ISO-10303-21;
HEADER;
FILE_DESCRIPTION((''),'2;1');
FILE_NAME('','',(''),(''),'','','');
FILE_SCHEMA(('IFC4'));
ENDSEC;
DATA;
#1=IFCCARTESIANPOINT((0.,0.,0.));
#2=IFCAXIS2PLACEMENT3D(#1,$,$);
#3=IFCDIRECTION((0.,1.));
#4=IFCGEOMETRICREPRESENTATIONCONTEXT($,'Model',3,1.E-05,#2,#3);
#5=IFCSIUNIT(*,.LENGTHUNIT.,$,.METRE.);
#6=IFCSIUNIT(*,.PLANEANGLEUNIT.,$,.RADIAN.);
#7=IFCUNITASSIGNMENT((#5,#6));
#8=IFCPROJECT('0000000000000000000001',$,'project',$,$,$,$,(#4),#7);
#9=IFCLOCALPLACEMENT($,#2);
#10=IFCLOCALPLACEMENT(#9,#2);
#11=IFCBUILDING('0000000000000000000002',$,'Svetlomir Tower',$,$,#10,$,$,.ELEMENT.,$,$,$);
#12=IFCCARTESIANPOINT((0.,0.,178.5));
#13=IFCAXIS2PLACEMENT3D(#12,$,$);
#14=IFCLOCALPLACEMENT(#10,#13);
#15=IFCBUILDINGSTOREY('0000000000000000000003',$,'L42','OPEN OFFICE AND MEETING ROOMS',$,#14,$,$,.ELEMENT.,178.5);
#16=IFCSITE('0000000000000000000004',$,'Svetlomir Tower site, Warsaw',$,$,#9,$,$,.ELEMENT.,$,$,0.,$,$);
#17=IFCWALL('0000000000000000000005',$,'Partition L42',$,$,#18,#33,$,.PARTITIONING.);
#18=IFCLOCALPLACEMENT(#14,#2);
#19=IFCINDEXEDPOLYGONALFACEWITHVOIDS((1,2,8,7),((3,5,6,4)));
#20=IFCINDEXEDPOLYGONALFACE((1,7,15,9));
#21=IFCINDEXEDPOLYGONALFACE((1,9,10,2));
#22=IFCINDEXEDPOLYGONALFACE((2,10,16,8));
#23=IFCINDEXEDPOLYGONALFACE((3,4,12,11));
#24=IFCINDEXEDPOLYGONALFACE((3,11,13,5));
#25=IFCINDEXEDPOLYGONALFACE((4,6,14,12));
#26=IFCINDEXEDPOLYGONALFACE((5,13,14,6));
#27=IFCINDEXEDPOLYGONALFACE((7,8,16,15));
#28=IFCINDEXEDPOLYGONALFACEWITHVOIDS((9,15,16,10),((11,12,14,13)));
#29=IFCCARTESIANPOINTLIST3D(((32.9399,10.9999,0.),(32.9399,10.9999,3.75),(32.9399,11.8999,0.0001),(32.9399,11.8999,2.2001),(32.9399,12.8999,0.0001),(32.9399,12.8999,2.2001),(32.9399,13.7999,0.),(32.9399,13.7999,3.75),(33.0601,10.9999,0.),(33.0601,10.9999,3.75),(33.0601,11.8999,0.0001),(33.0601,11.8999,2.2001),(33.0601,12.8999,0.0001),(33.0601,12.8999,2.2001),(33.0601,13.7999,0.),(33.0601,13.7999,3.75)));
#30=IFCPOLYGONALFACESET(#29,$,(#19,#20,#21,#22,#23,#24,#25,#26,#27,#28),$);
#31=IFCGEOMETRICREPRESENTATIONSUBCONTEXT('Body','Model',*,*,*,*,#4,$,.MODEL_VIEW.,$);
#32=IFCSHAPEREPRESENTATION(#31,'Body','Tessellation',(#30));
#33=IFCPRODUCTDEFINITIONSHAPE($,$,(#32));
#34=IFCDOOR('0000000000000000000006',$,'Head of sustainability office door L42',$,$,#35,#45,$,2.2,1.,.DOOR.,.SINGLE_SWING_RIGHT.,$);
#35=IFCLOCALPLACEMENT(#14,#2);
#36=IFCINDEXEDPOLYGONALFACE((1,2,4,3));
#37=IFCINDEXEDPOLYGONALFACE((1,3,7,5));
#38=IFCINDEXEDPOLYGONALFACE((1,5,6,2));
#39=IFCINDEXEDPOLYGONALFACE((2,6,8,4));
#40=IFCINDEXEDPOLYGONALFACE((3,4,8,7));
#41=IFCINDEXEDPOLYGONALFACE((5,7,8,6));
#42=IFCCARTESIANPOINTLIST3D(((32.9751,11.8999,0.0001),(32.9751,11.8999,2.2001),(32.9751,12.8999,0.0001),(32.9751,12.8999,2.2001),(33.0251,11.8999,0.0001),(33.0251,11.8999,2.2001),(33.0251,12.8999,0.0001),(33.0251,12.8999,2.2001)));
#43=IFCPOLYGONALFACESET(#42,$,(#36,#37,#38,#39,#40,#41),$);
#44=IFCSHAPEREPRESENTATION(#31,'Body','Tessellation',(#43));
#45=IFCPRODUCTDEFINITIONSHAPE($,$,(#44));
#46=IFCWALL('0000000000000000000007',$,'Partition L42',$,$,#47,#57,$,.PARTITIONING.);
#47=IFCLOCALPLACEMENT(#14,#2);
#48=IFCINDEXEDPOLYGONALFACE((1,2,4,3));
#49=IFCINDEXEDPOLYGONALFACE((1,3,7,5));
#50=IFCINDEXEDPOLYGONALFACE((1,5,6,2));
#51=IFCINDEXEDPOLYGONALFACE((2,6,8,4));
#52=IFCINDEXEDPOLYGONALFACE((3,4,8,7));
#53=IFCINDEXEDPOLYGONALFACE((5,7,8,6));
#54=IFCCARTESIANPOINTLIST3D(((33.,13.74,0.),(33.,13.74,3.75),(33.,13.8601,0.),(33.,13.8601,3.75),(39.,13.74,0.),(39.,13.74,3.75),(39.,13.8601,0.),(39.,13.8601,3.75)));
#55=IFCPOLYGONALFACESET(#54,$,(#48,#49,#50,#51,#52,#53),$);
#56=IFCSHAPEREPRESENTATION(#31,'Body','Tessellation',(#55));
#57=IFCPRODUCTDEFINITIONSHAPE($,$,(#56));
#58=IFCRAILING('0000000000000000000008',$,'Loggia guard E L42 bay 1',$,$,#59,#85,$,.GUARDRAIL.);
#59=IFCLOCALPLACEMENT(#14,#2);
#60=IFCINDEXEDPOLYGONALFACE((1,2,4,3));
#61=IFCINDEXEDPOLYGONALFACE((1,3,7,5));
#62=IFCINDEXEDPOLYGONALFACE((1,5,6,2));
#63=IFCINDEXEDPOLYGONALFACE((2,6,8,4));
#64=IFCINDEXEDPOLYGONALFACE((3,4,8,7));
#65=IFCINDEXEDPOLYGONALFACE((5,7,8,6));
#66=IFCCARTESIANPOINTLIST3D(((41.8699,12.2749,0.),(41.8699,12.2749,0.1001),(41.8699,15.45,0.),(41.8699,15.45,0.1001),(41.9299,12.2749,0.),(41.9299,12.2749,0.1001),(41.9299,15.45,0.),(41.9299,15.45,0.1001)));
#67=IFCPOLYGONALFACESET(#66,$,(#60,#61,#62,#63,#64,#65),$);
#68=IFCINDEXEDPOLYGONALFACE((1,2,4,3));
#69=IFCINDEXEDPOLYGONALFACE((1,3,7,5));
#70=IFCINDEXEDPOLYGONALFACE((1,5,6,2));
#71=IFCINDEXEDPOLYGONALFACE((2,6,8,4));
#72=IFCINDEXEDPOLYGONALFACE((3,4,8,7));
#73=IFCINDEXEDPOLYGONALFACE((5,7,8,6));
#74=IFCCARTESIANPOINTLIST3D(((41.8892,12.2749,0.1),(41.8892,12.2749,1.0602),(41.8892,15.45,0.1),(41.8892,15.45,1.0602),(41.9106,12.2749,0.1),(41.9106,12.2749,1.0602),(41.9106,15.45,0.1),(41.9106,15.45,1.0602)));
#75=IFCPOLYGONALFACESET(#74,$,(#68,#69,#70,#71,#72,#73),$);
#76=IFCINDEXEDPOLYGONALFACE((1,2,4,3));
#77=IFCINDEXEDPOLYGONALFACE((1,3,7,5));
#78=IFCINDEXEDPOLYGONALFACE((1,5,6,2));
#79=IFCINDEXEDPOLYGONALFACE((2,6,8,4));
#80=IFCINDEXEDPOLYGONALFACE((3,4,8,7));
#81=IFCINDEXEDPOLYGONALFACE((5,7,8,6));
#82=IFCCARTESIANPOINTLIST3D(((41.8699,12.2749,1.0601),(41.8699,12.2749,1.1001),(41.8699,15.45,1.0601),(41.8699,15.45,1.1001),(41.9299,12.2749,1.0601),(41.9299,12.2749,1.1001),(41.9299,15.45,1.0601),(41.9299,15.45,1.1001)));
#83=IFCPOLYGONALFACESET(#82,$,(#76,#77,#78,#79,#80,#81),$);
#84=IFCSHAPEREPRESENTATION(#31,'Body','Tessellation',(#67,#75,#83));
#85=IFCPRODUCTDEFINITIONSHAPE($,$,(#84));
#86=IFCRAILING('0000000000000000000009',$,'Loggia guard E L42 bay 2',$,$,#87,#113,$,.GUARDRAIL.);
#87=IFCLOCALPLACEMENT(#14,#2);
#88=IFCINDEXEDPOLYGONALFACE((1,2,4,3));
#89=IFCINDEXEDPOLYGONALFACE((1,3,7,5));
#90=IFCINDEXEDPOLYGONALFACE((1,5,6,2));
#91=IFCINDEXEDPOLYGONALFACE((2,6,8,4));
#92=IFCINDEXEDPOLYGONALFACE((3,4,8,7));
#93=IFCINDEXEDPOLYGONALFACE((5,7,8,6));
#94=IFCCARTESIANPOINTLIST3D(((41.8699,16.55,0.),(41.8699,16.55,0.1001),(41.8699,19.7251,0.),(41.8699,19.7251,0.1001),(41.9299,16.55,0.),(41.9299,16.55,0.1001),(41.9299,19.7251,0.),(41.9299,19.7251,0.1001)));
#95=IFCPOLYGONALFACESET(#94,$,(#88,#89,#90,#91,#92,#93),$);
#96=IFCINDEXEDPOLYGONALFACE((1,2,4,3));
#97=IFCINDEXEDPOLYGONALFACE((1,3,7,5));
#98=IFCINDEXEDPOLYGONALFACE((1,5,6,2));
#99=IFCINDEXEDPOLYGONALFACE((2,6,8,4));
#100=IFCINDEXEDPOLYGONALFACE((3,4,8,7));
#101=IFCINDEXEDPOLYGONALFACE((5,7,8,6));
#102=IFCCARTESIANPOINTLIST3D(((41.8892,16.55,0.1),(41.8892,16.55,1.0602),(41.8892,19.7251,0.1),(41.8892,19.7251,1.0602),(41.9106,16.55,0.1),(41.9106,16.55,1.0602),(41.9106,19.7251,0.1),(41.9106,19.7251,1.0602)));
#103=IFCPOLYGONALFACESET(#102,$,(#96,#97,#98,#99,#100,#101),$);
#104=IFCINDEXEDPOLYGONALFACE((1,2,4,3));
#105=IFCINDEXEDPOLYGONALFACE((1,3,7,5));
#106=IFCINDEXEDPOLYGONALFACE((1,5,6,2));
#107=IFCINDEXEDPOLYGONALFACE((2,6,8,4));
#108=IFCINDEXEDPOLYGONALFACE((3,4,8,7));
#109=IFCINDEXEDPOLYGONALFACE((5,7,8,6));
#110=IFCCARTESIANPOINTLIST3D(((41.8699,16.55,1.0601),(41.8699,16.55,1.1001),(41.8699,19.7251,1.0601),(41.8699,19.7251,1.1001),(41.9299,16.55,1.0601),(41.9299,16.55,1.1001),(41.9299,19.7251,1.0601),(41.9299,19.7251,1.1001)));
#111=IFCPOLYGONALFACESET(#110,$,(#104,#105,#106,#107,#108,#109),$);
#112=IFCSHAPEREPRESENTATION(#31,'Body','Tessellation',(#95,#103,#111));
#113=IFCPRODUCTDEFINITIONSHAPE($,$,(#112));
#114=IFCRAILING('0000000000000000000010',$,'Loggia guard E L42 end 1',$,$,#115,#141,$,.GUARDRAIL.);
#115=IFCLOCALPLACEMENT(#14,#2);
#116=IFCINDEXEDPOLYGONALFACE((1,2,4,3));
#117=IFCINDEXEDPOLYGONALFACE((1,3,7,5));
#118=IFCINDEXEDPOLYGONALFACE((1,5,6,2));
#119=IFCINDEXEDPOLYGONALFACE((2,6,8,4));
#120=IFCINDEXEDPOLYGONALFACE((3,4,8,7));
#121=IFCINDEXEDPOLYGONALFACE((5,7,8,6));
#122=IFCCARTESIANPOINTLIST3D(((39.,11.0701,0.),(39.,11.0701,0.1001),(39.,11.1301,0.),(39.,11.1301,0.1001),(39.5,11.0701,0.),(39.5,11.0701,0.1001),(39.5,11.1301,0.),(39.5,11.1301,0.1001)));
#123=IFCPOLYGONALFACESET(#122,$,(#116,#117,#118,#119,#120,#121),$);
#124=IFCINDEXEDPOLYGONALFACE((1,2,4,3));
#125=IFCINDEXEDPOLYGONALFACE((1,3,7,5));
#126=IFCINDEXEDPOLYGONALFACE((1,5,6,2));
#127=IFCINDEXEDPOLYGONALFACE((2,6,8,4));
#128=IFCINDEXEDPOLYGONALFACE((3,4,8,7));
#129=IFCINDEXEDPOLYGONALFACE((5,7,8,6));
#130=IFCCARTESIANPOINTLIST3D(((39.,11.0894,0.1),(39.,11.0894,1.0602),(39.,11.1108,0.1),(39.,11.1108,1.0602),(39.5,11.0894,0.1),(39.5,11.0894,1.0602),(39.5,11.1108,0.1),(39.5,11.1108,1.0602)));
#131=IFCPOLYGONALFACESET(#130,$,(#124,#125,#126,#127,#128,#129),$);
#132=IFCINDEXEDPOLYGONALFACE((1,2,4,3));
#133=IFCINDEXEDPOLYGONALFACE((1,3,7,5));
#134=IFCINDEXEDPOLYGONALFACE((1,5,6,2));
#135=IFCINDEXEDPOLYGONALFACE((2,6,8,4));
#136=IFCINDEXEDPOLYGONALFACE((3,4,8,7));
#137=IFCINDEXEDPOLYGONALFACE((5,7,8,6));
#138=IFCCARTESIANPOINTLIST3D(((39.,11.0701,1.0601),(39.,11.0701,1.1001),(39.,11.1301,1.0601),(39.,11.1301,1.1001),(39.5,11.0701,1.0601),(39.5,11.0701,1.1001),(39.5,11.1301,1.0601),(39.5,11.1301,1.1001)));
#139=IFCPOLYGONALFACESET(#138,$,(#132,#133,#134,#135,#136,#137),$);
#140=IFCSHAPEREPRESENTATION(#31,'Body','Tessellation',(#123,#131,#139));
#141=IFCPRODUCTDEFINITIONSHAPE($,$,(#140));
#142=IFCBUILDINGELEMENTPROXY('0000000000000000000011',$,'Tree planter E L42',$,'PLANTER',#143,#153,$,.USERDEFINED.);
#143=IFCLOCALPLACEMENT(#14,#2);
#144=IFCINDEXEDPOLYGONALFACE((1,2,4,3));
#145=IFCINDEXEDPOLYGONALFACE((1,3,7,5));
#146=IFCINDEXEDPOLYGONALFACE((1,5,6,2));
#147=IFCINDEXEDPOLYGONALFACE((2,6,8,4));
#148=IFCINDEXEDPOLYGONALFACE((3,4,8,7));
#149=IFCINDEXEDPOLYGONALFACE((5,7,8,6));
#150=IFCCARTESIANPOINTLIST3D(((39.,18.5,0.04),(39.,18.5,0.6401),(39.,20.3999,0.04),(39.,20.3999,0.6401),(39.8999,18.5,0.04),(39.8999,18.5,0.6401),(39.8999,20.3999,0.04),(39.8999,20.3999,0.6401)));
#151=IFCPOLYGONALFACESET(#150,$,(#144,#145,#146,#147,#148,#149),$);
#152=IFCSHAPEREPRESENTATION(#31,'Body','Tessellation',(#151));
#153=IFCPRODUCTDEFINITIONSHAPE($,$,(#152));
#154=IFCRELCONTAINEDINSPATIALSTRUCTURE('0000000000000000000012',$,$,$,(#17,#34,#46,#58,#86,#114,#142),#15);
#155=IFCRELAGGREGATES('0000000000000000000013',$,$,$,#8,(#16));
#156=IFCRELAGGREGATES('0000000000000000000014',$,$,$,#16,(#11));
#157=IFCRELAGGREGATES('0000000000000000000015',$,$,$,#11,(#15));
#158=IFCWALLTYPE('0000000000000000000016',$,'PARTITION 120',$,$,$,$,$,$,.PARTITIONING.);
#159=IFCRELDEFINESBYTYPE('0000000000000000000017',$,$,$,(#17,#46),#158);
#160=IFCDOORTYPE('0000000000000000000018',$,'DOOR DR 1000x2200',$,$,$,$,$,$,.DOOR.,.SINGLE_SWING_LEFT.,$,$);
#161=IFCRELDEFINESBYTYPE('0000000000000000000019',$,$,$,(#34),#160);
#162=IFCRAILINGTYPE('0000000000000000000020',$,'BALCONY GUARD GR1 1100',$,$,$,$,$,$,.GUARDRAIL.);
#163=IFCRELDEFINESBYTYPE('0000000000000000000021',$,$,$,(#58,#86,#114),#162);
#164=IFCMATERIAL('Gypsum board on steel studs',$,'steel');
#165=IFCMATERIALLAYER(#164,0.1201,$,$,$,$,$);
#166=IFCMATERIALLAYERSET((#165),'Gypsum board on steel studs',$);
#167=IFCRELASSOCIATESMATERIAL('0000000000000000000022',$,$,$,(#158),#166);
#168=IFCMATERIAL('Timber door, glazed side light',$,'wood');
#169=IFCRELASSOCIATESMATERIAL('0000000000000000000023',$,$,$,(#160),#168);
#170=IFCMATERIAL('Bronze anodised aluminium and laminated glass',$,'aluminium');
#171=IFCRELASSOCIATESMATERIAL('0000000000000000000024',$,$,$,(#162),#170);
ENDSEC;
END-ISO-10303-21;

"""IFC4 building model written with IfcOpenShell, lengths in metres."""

from ifc_helpers import new_model, si_unit, direction, frame, frame_2d, origin, origin_2d, place, context, subcontext, project, spatial, rectangle, extrude, material, layer, layer_set, type_object, element, fill, save


model = new_model("IFC4")

# Units and contexts
model_context = context("Model", 3, precision=1e-05, world=origin(), true_north=direction((0.0, 1.0)))
body_context = subcontext(model_context, "Body", "Model", "MODEL_VIEW")
ifc_project = project(units=[si_unit("LENGTHUNIT", "METRE"), si_unit("PLANEANGLEUNIT", "RADIAN")], contexts=[model_context])

# Site, building, storey
site_placement = place(None, origin())
site = spatial("IfcSite", under=ifc_project, at=site_placement, Name="Svetlomir Tower site, Warsaw", CompositionType="ELEMENT", RefElevation=0.0)
building_placement = place(site_placement, origin())
building = spatial("IfcBuilding", under=site, at=building_placement, Name="Svetlomir Tower", CompositionType="ELEMENT")
storey_placement = place(building_placement, frame((0.0, 0.0, 178.5)))
storey = spatial("IfcBuildingStorey", under=building, at=storey_placement, Name="L42", Description="OPEN OFFICE AND MEETING ROOMS", CompositionType="ELEMENT", Elevation=178.5)

# Wall, opening, door
ifc_material_1 = material(Name="Gypsum board on steel studs", Category="steel")
ifc_layer_1 = layer(ifc_material_1, 0.1201)
ifc_layer_set_1 = layer_set([ifc_layer_1], Name="Gypsum board on steel studs")
wall_type_1 = type_object("IfcWallType", Name="PARTITION 120", PredefinedType="PARTITIONING", material=ifc_layer_set_1)
wall_1_placement = place(storey_placement, frame((33.0, 11.0, 0.0), z_axis=(0.0, 0.0, 1.0), x_axis=(0.0, 1.0, 0.0)))
wall_1 = element("IfcWall", 1, at=wall_1_placement, inside=storey, type_object=wall_type_1, Name="Partition L42", PredefinedType="PARTITIONING", context=body_context, shape_type="SweptSolid", body=[
    extrude(rectangle(XDim=2.8, YDim=0.1201, at=frame_2d((1.3999, 0.0))), origin(), (0.0, 0.0, 1.0), 3.75),
])
opening_1_placement = place(wall_1_placement, frame((0.8999, 0.0, 0.0)))
opening_1 = element("IfcOpeningElement", 2, at=opening_1_placement, cuts=wall_1, PredefinedType="OPENING", context=body_context, shape_type="SweptSolid", body=[
    extrude(rectangle(XDim=1.0, YDim=2.2, at=frame_2d((0.5, 1.1001))), frame((0.0, 0.0701, 0.0), z_axis=(0.0, -1.0, 0.0), x_axis=(1.0, 0.0, 0.0)), (0.0, 0.0, 1.0), 0.1401),
])
ifc_material_2 = material(Name="Timber door, glazed side light", Category="wood")
door_type_1 = type_object("IfcDoorType", Name="DOOR DR 1000x2200", OperationType="SINGLE_SWING_LEFT", PredefinedType="DOOR", material=ifc_material_2)
door_1_placement = place(opening_1_placement, origin())
door_1 = element("IfcDoor", 3, at=door_1_placement, inside=storey, type_object=door_type_1, Name="Head of sustainability office door L42", OperationType="SINGLE_SWING_RIGHT", OverallHeight=2.2, OverallWidth=1.0, PredefinedType="DOOR", context=body_context, shape_type="SweptSolid", body=[
    extrude(rectangle(XDim=1.0, YDim=2.2, at=frame_2d((0.5, 1.1001))), frame((0.0, 0.0249, 0.0), z_axis=(0.0, -1.0, 0.0), x_axis=(1.0, 0.0, 0.0)), (0.0, 0.0, 1.0), 0.05),
])
fill(opening_1, door_1)

# Wall
wall_2_placement = place(storey_placement, frame((33.0, 13.8, 0.0), z_axis=(0.0, 0.0, 1.0), x_axis=(1.0, 0.0, 0.0)))
element("IfcWall", 4, at=wall_2_placement, inside=storey, type_object=wall_type_1, Name="Partition L42", PredefinedType="PARTITIONING", context=body_context, shape_type="SweptSolid", body=[
    extrude(rectangle(XDim=6.0, YDim=0.1201, at=frame_2d((3.0, 0.0))), origin(), (0.0, 0.0, 1.0), 3.75),
])

# Railings
ifc_material_3 = material(Name="Bronze anodised aluminium and laminated glass", Category="aluminium")
railing_type = type_object("IfcRailingType", Name="BALCONY GUARD GR1 1100", PredefinedType="GUARDRAIL", material=ifc_material_3)
for number, where, name in (
    (5, (41.8999, 12.2749, 0.0), "Loggia guard E L42 bay 1"),
    (6, (41.8999, 16.55, 0.0), "Loggia guard E L42 bay 2"),
):
    element("IfcRailing", number, at=place(storey_placement, frame(where)), inside=storey, type_object=railing_type, Name=name, PredefinedType="GUARDRAIL", context=body_context, shape_type="SweptSolid", body=[
        extrude(rectangle(XDim=0.0601, YDim=0.1001, at=origin_2d()), frame((0.0, 0.0, 0.05), z_axis=(0.0, 1.0, 0.0), x_axis=(-1.0, 0.0, 0.0)), (0.0, 0.0, 1.0), 3.175),
        extrude(rectangle(XDim=0.0215, YDim=0.9602, at=origin_2d()), frame((0.0, 0.0, 0.5801), z_axis=(0.0, 1.0, 0.0), x_axis=(-1.0, 0.0, 0.0)), (0.0, 0.0, 1.0), 3.175),
        extrude(rectangle(XDim=0.0601, YDim=0.04, at=origin_2d()), frame((0.0, 0.0, 1.0801), z_axis=(0.0, 1.0, 0.0), x_axis=(-1.0, 0.0, 0.0)), (0.0, 0.0, 1.0), 3.175),
    ])
railing_placement = place(storey_placement, frame((39.5, 11.1001, 0.0)))
element("IfcRailing", 7, at=railing_placement, inside=storey, type_object=railing_type, Name="Loggia guard E L42 end 1", PredefinedType="GUARDRAIL", context=body_context, shape_type="SweptSolid", body=[
    extrude(rectangle(XDim=0.0601, YDim=0.1001, at=origin_2d()), frame((0.0, 0.0, 0.05), z_axis=(-1.0, 0.0, 0.0), x_axis=(0.0, -1.0, 0.0)), (0.0, 0.0, 1.0), 0.5),
    extrude(rectangle(XDim=0.0215, YDim=0.9602, at=origin_2d()), frame((0.0, 0.0, 0.5801), z_axis=(-1.0, 0.0, 0.0), x_axis=(0.0, -1.0, 0.0)), (0.0, 0.0, 1.0), 0.5),
    extrude(rectangle(XDim=0.0601, YDim=0.04, at=origin_2d()), frame((0.0, 0.0, 1.0801), z_axis=(-1.0, 0.0, 0.0), x_axis=(0.0, -1.0, 0.0)), (0.0, 0.0, 1.0), 0.5),
])

# Building element proxy
proxy_placement = place(storey_placement, frame((39.45, 19.45, 0.04), z_axis=(0.0, 0.0, 1.0), x_axis=(1.0, 0.0, 0.0)))
element("IfcBuildingElementProxy", 8, at=proxy_placement, inside=storey, Name="Tree planter E L42", ObjectType="PLANTER", PredefinedType="USERDEFINED", context=body_context, shape_type="SweptSolid", body=[
    extrude(rectangle(XDim=0.8999, YDim=1.8999, at=origin_2d()), origin(), (0.0, 0.0, 1.0), 0.6001),
])

save(model, "model.ifc")
